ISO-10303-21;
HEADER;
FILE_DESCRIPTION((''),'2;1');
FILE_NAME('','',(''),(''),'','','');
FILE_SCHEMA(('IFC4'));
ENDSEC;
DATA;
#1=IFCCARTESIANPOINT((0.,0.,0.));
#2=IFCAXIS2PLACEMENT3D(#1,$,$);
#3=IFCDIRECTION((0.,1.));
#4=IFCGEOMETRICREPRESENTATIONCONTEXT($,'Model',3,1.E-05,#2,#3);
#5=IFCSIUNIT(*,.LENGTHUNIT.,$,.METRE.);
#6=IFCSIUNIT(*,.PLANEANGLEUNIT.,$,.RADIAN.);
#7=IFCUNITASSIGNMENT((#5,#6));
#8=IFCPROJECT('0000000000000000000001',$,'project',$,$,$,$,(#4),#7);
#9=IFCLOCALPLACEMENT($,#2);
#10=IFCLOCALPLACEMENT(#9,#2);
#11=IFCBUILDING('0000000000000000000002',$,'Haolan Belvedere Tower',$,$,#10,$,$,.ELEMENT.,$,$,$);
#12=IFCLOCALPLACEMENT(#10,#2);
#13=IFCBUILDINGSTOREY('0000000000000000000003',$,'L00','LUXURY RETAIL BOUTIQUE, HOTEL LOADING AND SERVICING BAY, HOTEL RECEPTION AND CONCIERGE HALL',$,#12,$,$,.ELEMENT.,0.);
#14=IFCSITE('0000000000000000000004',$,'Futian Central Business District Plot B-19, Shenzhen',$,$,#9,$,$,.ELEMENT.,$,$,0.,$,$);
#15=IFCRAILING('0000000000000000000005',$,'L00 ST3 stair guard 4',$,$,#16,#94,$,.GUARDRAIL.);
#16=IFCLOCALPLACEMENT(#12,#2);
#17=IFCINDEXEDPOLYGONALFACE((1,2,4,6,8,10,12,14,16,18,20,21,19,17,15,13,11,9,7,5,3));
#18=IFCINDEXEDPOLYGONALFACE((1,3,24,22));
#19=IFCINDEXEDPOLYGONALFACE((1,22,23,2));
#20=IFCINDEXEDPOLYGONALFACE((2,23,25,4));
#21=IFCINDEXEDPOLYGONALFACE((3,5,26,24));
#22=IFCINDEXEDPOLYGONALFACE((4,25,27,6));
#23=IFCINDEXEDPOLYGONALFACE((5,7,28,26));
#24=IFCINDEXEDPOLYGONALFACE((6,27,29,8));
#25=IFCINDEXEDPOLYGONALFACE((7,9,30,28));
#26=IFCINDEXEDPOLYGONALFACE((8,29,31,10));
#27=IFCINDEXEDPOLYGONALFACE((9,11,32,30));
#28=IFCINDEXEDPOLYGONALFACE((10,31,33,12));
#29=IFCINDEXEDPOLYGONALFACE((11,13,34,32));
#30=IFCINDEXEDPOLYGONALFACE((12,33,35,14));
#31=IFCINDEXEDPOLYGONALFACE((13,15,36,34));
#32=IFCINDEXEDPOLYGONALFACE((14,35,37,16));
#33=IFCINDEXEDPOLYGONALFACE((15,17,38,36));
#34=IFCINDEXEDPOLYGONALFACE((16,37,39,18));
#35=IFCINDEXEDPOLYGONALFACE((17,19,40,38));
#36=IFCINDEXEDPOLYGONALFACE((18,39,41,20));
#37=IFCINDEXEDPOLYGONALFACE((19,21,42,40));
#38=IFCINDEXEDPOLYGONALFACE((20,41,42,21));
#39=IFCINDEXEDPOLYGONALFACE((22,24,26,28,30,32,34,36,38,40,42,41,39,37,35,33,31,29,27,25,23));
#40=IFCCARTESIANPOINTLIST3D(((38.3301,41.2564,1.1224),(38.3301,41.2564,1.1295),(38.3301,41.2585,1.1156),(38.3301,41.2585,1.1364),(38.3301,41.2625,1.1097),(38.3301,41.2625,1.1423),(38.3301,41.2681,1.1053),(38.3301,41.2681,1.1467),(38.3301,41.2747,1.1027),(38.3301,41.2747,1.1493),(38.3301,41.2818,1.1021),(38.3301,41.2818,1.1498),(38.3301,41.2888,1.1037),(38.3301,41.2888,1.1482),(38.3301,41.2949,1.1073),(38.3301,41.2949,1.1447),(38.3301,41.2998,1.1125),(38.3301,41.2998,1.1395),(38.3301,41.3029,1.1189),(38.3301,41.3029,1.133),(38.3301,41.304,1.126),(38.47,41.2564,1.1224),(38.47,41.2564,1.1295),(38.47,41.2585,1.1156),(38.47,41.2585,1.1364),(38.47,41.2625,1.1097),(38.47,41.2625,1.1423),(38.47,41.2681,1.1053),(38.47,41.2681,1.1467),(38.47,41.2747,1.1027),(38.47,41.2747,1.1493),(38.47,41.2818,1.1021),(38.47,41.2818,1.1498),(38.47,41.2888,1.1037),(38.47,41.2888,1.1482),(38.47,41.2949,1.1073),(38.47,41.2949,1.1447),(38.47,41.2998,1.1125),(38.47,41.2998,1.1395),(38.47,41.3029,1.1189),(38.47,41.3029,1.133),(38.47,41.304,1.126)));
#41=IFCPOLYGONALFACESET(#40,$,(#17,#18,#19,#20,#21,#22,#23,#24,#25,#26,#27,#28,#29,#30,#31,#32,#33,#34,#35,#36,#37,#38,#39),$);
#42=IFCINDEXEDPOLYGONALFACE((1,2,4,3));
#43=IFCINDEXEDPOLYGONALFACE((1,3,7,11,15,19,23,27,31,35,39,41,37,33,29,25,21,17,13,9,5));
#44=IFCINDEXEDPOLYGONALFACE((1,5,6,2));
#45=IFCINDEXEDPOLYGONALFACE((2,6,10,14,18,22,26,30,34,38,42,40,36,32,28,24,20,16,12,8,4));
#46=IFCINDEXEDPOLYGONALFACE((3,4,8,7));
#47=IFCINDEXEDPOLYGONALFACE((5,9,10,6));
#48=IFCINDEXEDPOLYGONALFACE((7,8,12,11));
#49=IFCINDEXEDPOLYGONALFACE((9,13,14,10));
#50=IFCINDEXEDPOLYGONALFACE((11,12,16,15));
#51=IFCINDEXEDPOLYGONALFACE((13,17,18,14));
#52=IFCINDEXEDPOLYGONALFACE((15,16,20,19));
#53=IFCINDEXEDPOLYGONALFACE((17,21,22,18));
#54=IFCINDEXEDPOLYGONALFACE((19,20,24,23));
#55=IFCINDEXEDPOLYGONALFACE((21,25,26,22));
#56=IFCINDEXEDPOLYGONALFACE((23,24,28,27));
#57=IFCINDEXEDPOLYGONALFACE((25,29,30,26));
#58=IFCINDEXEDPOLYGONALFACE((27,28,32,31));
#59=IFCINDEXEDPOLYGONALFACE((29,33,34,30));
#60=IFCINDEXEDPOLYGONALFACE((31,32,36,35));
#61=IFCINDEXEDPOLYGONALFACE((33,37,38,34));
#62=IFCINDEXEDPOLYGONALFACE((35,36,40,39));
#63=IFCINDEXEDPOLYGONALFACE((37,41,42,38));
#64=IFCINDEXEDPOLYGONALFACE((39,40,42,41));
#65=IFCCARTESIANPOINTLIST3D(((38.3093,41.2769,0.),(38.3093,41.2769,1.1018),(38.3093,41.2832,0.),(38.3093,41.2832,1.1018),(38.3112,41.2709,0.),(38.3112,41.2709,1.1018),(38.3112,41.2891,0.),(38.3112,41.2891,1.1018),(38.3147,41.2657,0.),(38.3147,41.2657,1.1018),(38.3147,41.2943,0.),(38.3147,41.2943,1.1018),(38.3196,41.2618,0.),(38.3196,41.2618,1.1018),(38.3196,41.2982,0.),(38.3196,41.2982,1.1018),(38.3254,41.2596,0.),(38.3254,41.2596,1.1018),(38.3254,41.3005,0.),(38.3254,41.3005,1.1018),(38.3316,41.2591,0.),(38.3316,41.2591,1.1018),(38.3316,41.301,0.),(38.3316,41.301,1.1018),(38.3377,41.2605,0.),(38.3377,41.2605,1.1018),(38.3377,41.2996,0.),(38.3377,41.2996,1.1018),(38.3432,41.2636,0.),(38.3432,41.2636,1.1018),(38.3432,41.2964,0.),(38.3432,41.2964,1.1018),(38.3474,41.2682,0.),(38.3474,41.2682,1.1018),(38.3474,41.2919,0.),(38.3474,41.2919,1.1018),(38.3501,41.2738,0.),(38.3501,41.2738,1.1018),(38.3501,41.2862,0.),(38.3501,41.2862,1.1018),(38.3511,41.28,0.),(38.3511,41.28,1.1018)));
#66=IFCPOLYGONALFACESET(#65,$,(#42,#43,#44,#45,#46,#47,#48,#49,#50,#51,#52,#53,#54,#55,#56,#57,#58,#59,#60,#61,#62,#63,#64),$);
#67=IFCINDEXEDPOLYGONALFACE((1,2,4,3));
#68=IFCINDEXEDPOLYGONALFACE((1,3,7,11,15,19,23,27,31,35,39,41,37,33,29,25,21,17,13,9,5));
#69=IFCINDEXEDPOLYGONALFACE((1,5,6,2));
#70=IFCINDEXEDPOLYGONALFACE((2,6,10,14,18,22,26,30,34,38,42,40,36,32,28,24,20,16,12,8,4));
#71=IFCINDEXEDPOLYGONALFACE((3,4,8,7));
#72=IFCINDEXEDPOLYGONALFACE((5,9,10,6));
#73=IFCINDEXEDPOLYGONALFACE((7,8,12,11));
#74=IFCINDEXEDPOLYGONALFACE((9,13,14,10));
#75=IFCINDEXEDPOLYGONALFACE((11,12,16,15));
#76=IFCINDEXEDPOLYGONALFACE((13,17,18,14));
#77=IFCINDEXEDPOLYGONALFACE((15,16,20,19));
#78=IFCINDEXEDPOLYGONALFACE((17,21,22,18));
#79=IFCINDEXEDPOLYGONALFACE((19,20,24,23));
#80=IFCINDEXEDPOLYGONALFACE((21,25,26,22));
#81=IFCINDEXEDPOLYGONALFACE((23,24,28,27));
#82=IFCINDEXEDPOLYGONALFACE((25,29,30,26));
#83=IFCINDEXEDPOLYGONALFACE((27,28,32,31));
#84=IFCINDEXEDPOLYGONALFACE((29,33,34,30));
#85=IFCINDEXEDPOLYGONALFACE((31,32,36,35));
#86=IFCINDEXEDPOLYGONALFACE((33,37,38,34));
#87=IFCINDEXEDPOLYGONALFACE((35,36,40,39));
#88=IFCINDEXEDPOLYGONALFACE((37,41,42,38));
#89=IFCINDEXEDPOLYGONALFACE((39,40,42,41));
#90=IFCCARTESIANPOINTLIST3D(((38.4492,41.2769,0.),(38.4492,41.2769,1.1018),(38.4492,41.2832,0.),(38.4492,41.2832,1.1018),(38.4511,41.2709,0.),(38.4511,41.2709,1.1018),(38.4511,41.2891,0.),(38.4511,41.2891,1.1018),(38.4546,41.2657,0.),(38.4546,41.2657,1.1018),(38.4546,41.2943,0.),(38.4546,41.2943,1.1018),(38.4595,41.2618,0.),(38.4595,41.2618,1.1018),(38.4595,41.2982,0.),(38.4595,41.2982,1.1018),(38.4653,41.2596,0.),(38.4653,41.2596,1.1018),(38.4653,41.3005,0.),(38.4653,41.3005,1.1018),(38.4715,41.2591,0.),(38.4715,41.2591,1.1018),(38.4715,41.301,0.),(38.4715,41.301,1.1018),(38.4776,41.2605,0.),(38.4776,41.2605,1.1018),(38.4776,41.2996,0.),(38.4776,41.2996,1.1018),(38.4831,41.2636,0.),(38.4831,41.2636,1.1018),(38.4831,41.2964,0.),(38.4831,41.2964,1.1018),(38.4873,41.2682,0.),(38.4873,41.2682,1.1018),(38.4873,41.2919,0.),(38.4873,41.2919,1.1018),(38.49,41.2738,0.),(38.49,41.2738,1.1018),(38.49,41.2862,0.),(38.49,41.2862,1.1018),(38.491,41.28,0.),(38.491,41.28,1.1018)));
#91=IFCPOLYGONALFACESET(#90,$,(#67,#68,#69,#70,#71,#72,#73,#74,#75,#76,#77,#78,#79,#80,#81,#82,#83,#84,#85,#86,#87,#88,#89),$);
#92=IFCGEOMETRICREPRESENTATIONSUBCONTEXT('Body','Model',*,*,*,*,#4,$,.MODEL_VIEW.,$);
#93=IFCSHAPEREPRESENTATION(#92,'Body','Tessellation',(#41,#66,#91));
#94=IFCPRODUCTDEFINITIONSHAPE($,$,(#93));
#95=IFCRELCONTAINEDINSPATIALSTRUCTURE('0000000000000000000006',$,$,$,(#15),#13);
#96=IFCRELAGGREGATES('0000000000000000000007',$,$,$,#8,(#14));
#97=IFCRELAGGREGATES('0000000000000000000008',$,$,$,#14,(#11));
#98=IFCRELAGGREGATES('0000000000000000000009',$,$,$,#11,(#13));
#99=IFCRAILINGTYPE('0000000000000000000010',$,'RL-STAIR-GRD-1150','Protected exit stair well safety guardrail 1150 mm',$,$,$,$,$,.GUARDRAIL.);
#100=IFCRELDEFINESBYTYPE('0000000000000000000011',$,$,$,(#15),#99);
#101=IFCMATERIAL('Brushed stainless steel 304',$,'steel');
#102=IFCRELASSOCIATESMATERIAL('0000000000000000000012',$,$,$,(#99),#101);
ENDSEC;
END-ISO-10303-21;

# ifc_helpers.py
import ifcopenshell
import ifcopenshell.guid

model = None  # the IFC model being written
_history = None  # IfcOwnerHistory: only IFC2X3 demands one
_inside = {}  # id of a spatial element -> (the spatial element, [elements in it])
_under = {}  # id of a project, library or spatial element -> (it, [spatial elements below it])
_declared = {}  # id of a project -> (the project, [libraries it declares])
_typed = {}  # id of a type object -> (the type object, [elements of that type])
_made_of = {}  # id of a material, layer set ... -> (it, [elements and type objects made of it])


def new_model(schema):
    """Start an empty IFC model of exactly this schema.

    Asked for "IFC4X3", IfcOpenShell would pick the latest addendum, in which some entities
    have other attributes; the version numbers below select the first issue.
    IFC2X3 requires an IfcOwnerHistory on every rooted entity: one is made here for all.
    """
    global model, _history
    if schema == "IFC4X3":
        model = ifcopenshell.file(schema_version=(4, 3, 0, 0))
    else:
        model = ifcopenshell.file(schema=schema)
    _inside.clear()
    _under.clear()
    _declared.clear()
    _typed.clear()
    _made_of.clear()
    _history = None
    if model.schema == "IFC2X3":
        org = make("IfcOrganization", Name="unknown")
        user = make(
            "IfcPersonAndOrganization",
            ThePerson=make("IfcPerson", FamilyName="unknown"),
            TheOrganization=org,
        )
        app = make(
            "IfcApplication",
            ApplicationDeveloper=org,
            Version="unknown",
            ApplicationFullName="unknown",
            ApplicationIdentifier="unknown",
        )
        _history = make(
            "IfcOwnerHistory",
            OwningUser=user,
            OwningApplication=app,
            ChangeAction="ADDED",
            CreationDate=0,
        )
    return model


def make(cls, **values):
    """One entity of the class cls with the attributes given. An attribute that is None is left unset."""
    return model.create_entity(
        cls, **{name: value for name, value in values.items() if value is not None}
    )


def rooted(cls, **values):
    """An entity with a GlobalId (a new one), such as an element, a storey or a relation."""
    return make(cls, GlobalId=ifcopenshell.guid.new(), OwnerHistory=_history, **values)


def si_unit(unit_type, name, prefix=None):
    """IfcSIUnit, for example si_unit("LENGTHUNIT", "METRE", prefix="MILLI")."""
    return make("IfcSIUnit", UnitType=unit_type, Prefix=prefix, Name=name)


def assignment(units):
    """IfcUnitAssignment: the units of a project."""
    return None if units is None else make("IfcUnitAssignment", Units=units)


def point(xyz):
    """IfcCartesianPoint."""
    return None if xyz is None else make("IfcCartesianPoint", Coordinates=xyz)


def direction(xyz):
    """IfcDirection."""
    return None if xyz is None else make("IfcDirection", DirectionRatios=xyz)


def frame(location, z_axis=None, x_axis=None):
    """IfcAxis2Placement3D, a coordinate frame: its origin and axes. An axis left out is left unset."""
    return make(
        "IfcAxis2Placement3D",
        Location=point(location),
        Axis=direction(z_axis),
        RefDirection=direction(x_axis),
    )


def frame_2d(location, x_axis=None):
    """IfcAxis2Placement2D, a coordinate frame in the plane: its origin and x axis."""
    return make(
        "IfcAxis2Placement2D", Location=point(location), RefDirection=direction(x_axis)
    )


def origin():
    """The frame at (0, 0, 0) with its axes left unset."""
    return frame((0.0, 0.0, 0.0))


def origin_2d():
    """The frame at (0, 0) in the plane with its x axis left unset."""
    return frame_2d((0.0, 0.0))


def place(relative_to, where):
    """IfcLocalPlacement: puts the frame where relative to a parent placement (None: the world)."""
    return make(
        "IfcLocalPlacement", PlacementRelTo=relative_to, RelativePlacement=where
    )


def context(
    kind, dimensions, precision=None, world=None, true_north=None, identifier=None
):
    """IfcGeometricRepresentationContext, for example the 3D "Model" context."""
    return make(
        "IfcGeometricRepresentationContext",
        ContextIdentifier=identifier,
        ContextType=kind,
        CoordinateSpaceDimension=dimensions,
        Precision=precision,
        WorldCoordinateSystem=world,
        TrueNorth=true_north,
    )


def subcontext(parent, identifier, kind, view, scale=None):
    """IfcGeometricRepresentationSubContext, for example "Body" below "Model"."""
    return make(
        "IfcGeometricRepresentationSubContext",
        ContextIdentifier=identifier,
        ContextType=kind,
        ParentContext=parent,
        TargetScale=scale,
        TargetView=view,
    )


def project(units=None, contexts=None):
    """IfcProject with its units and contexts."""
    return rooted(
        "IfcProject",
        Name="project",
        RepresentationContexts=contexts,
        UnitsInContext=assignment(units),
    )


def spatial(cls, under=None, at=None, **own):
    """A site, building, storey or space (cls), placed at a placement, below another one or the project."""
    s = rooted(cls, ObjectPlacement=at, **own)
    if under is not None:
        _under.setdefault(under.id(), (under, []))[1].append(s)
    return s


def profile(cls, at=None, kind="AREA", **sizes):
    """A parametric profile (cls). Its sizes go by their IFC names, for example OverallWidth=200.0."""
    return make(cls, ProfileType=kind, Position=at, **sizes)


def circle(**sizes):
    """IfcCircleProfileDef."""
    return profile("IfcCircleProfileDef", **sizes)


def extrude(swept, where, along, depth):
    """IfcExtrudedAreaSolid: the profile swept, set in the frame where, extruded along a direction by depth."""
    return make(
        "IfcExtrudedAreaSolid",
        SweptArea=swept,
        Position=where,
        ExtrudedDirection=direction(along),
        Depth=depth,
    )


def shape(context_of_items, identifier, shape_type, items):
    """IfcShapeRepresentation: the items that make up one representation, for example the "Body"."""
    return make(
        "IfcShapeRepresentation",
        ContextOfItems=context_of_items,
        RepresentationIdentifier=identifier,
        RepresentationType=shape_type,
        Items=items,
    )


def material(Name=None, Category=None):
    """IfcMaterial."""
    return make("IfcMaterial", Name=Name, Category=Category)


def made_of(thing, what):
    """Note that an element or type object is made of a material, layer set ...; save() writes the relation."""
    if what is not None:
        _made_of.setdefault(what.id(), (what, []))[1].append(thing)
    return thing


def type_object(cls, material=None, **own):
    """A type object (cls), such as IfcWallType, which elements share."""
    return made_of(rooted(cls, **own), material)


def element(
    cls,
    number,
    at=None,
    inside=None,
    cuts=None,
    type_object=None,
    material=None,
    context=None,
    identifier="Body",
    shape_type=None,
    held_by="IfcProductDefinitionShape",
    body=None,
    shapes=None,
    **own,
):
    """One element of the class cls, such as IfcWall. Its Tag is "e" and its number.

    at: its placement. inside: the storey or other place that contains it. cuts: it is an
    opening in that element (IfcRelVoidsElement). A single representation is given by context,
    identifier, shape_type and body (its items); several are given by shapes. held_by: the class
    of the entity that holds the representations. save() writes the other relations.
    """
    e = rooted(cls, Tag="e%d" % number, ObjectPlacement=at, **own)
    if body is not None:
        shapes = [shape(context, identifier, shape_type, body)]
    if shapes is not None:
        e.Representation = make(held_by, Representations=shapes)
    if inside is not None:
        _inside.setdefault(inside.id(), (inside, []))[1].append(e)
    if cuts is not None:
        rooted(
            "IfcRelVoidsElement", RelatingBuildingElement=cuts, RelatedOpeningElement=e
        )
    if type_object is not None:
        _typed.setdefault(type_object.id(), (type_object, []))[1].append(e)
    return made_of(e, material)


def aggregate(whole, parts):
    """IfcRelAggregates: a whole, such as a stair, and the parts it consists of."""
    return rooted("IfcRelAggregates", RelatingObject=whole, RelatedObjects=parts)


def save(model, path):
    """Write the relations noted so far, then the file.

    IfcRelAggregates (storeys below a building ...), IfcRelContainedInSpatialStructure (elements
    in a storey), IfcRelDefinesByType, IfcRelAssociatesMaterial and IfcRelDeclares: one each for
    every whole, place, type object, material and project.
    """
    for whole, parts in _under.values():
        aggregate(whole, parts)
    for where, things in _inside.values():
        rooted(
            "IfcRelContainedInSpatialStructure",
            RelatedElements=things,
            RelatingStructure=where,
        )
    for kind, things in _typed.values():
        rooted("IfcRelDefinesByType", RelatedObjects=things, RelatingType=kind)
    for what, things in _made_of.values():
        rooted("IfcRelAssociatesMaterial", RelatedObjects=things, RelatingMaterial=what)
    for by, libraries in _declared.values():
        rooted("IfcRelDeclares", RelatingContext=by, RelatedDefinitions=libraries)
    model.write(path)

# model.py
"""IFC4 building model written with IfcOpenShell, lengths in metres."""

from ifc_helpers import new_model, si_unit, direction, frame, origin, origin_2d, place, context, subcontext, project, spatial, circle, extrude, material, type_object, element, save


model = new_model("IFC4")

# Units and contexts
model_context = context("Model", 3, precision=1e-05, world=origin(), true_north=direction((0.0, 1.0)))
body_context = subcontext(model_context, "Body", "Model", "MODEL_VIEW")
ifc_project = project(units=[si_unit("LENGTHUNIT", "METRE"), si_unit("PLANEANGLEUNIT", "RADIAN")], contexts=[model_context])

# Site, building, storey
site_placement = place(None, origin())
site = spatial("IfcSite", under=ifc_project, at=site_placement, Name="Futian Central Business District Plot B-19, Shenzhen", CompositionType="ELEMENT", RefElevation=0.0)
building_placement = place(site_placement, origin())
building = spatial("IfcBuilding", under=site, at=building_placement, Name="Haolan Belvedere Tower", CompositionType="ELEMENT")
storey_placement = place(building_placement, origin())
storey = spatial("IfcBuildingStorey", under=building, at=storey_placement, Name="L00", Description="LUXURY RETAIL BOUTIQUE, HOTEL LOADING AND SERVICING BAY, HOTEL RECEPTION AND CONCIERGE HALL", CompositionType="ELEMENT", Elevation=0.0)

# Railing
ifc_material_1 = material(Name="Brushed stainless steel 304", Category="steel")
railing_type_1 = type_object("IfcRailingType", Name="RL-STAIR-GRD-1150", Description="Protected exit stair well safety guardrail 1150 mm", PredefinedType="GUARDRAIL", material=ifc_material_1)
railing_1_placement = place(storey_placement, frame((38.3301, 41.28, 0.0)))
element("IfcRailing", 1, at=railing_1_placement, inside=storey, type_object=railing_type_1, Name="L00 ST3 stair guard 4", PredefinedType="GUARDRAIL", context=body_context, shape_type="SweptSolid", body=[
    extrude(circle(Radius=0.0239, at=origin_2d()), frame((0.0, 0.0, 1.126), z_axis=(1.0, 0.0, 0.0), x_axis=(0.0, 1.0, 0.0)), (0.0, 0.0, 1.0), 0.1399),
    extrude(circle(Radius=0.021, at=origin_2d()), origin(), (0.0, 0.0, 1.0), 1.1018),
    extrude(circle(Radius=0.021, at=origin_2d()), frame((0.1399, 0.0, 0.0)), (0.0, 0.0, 1.0), 1.1018),
])

save(model, "model.ifc")
